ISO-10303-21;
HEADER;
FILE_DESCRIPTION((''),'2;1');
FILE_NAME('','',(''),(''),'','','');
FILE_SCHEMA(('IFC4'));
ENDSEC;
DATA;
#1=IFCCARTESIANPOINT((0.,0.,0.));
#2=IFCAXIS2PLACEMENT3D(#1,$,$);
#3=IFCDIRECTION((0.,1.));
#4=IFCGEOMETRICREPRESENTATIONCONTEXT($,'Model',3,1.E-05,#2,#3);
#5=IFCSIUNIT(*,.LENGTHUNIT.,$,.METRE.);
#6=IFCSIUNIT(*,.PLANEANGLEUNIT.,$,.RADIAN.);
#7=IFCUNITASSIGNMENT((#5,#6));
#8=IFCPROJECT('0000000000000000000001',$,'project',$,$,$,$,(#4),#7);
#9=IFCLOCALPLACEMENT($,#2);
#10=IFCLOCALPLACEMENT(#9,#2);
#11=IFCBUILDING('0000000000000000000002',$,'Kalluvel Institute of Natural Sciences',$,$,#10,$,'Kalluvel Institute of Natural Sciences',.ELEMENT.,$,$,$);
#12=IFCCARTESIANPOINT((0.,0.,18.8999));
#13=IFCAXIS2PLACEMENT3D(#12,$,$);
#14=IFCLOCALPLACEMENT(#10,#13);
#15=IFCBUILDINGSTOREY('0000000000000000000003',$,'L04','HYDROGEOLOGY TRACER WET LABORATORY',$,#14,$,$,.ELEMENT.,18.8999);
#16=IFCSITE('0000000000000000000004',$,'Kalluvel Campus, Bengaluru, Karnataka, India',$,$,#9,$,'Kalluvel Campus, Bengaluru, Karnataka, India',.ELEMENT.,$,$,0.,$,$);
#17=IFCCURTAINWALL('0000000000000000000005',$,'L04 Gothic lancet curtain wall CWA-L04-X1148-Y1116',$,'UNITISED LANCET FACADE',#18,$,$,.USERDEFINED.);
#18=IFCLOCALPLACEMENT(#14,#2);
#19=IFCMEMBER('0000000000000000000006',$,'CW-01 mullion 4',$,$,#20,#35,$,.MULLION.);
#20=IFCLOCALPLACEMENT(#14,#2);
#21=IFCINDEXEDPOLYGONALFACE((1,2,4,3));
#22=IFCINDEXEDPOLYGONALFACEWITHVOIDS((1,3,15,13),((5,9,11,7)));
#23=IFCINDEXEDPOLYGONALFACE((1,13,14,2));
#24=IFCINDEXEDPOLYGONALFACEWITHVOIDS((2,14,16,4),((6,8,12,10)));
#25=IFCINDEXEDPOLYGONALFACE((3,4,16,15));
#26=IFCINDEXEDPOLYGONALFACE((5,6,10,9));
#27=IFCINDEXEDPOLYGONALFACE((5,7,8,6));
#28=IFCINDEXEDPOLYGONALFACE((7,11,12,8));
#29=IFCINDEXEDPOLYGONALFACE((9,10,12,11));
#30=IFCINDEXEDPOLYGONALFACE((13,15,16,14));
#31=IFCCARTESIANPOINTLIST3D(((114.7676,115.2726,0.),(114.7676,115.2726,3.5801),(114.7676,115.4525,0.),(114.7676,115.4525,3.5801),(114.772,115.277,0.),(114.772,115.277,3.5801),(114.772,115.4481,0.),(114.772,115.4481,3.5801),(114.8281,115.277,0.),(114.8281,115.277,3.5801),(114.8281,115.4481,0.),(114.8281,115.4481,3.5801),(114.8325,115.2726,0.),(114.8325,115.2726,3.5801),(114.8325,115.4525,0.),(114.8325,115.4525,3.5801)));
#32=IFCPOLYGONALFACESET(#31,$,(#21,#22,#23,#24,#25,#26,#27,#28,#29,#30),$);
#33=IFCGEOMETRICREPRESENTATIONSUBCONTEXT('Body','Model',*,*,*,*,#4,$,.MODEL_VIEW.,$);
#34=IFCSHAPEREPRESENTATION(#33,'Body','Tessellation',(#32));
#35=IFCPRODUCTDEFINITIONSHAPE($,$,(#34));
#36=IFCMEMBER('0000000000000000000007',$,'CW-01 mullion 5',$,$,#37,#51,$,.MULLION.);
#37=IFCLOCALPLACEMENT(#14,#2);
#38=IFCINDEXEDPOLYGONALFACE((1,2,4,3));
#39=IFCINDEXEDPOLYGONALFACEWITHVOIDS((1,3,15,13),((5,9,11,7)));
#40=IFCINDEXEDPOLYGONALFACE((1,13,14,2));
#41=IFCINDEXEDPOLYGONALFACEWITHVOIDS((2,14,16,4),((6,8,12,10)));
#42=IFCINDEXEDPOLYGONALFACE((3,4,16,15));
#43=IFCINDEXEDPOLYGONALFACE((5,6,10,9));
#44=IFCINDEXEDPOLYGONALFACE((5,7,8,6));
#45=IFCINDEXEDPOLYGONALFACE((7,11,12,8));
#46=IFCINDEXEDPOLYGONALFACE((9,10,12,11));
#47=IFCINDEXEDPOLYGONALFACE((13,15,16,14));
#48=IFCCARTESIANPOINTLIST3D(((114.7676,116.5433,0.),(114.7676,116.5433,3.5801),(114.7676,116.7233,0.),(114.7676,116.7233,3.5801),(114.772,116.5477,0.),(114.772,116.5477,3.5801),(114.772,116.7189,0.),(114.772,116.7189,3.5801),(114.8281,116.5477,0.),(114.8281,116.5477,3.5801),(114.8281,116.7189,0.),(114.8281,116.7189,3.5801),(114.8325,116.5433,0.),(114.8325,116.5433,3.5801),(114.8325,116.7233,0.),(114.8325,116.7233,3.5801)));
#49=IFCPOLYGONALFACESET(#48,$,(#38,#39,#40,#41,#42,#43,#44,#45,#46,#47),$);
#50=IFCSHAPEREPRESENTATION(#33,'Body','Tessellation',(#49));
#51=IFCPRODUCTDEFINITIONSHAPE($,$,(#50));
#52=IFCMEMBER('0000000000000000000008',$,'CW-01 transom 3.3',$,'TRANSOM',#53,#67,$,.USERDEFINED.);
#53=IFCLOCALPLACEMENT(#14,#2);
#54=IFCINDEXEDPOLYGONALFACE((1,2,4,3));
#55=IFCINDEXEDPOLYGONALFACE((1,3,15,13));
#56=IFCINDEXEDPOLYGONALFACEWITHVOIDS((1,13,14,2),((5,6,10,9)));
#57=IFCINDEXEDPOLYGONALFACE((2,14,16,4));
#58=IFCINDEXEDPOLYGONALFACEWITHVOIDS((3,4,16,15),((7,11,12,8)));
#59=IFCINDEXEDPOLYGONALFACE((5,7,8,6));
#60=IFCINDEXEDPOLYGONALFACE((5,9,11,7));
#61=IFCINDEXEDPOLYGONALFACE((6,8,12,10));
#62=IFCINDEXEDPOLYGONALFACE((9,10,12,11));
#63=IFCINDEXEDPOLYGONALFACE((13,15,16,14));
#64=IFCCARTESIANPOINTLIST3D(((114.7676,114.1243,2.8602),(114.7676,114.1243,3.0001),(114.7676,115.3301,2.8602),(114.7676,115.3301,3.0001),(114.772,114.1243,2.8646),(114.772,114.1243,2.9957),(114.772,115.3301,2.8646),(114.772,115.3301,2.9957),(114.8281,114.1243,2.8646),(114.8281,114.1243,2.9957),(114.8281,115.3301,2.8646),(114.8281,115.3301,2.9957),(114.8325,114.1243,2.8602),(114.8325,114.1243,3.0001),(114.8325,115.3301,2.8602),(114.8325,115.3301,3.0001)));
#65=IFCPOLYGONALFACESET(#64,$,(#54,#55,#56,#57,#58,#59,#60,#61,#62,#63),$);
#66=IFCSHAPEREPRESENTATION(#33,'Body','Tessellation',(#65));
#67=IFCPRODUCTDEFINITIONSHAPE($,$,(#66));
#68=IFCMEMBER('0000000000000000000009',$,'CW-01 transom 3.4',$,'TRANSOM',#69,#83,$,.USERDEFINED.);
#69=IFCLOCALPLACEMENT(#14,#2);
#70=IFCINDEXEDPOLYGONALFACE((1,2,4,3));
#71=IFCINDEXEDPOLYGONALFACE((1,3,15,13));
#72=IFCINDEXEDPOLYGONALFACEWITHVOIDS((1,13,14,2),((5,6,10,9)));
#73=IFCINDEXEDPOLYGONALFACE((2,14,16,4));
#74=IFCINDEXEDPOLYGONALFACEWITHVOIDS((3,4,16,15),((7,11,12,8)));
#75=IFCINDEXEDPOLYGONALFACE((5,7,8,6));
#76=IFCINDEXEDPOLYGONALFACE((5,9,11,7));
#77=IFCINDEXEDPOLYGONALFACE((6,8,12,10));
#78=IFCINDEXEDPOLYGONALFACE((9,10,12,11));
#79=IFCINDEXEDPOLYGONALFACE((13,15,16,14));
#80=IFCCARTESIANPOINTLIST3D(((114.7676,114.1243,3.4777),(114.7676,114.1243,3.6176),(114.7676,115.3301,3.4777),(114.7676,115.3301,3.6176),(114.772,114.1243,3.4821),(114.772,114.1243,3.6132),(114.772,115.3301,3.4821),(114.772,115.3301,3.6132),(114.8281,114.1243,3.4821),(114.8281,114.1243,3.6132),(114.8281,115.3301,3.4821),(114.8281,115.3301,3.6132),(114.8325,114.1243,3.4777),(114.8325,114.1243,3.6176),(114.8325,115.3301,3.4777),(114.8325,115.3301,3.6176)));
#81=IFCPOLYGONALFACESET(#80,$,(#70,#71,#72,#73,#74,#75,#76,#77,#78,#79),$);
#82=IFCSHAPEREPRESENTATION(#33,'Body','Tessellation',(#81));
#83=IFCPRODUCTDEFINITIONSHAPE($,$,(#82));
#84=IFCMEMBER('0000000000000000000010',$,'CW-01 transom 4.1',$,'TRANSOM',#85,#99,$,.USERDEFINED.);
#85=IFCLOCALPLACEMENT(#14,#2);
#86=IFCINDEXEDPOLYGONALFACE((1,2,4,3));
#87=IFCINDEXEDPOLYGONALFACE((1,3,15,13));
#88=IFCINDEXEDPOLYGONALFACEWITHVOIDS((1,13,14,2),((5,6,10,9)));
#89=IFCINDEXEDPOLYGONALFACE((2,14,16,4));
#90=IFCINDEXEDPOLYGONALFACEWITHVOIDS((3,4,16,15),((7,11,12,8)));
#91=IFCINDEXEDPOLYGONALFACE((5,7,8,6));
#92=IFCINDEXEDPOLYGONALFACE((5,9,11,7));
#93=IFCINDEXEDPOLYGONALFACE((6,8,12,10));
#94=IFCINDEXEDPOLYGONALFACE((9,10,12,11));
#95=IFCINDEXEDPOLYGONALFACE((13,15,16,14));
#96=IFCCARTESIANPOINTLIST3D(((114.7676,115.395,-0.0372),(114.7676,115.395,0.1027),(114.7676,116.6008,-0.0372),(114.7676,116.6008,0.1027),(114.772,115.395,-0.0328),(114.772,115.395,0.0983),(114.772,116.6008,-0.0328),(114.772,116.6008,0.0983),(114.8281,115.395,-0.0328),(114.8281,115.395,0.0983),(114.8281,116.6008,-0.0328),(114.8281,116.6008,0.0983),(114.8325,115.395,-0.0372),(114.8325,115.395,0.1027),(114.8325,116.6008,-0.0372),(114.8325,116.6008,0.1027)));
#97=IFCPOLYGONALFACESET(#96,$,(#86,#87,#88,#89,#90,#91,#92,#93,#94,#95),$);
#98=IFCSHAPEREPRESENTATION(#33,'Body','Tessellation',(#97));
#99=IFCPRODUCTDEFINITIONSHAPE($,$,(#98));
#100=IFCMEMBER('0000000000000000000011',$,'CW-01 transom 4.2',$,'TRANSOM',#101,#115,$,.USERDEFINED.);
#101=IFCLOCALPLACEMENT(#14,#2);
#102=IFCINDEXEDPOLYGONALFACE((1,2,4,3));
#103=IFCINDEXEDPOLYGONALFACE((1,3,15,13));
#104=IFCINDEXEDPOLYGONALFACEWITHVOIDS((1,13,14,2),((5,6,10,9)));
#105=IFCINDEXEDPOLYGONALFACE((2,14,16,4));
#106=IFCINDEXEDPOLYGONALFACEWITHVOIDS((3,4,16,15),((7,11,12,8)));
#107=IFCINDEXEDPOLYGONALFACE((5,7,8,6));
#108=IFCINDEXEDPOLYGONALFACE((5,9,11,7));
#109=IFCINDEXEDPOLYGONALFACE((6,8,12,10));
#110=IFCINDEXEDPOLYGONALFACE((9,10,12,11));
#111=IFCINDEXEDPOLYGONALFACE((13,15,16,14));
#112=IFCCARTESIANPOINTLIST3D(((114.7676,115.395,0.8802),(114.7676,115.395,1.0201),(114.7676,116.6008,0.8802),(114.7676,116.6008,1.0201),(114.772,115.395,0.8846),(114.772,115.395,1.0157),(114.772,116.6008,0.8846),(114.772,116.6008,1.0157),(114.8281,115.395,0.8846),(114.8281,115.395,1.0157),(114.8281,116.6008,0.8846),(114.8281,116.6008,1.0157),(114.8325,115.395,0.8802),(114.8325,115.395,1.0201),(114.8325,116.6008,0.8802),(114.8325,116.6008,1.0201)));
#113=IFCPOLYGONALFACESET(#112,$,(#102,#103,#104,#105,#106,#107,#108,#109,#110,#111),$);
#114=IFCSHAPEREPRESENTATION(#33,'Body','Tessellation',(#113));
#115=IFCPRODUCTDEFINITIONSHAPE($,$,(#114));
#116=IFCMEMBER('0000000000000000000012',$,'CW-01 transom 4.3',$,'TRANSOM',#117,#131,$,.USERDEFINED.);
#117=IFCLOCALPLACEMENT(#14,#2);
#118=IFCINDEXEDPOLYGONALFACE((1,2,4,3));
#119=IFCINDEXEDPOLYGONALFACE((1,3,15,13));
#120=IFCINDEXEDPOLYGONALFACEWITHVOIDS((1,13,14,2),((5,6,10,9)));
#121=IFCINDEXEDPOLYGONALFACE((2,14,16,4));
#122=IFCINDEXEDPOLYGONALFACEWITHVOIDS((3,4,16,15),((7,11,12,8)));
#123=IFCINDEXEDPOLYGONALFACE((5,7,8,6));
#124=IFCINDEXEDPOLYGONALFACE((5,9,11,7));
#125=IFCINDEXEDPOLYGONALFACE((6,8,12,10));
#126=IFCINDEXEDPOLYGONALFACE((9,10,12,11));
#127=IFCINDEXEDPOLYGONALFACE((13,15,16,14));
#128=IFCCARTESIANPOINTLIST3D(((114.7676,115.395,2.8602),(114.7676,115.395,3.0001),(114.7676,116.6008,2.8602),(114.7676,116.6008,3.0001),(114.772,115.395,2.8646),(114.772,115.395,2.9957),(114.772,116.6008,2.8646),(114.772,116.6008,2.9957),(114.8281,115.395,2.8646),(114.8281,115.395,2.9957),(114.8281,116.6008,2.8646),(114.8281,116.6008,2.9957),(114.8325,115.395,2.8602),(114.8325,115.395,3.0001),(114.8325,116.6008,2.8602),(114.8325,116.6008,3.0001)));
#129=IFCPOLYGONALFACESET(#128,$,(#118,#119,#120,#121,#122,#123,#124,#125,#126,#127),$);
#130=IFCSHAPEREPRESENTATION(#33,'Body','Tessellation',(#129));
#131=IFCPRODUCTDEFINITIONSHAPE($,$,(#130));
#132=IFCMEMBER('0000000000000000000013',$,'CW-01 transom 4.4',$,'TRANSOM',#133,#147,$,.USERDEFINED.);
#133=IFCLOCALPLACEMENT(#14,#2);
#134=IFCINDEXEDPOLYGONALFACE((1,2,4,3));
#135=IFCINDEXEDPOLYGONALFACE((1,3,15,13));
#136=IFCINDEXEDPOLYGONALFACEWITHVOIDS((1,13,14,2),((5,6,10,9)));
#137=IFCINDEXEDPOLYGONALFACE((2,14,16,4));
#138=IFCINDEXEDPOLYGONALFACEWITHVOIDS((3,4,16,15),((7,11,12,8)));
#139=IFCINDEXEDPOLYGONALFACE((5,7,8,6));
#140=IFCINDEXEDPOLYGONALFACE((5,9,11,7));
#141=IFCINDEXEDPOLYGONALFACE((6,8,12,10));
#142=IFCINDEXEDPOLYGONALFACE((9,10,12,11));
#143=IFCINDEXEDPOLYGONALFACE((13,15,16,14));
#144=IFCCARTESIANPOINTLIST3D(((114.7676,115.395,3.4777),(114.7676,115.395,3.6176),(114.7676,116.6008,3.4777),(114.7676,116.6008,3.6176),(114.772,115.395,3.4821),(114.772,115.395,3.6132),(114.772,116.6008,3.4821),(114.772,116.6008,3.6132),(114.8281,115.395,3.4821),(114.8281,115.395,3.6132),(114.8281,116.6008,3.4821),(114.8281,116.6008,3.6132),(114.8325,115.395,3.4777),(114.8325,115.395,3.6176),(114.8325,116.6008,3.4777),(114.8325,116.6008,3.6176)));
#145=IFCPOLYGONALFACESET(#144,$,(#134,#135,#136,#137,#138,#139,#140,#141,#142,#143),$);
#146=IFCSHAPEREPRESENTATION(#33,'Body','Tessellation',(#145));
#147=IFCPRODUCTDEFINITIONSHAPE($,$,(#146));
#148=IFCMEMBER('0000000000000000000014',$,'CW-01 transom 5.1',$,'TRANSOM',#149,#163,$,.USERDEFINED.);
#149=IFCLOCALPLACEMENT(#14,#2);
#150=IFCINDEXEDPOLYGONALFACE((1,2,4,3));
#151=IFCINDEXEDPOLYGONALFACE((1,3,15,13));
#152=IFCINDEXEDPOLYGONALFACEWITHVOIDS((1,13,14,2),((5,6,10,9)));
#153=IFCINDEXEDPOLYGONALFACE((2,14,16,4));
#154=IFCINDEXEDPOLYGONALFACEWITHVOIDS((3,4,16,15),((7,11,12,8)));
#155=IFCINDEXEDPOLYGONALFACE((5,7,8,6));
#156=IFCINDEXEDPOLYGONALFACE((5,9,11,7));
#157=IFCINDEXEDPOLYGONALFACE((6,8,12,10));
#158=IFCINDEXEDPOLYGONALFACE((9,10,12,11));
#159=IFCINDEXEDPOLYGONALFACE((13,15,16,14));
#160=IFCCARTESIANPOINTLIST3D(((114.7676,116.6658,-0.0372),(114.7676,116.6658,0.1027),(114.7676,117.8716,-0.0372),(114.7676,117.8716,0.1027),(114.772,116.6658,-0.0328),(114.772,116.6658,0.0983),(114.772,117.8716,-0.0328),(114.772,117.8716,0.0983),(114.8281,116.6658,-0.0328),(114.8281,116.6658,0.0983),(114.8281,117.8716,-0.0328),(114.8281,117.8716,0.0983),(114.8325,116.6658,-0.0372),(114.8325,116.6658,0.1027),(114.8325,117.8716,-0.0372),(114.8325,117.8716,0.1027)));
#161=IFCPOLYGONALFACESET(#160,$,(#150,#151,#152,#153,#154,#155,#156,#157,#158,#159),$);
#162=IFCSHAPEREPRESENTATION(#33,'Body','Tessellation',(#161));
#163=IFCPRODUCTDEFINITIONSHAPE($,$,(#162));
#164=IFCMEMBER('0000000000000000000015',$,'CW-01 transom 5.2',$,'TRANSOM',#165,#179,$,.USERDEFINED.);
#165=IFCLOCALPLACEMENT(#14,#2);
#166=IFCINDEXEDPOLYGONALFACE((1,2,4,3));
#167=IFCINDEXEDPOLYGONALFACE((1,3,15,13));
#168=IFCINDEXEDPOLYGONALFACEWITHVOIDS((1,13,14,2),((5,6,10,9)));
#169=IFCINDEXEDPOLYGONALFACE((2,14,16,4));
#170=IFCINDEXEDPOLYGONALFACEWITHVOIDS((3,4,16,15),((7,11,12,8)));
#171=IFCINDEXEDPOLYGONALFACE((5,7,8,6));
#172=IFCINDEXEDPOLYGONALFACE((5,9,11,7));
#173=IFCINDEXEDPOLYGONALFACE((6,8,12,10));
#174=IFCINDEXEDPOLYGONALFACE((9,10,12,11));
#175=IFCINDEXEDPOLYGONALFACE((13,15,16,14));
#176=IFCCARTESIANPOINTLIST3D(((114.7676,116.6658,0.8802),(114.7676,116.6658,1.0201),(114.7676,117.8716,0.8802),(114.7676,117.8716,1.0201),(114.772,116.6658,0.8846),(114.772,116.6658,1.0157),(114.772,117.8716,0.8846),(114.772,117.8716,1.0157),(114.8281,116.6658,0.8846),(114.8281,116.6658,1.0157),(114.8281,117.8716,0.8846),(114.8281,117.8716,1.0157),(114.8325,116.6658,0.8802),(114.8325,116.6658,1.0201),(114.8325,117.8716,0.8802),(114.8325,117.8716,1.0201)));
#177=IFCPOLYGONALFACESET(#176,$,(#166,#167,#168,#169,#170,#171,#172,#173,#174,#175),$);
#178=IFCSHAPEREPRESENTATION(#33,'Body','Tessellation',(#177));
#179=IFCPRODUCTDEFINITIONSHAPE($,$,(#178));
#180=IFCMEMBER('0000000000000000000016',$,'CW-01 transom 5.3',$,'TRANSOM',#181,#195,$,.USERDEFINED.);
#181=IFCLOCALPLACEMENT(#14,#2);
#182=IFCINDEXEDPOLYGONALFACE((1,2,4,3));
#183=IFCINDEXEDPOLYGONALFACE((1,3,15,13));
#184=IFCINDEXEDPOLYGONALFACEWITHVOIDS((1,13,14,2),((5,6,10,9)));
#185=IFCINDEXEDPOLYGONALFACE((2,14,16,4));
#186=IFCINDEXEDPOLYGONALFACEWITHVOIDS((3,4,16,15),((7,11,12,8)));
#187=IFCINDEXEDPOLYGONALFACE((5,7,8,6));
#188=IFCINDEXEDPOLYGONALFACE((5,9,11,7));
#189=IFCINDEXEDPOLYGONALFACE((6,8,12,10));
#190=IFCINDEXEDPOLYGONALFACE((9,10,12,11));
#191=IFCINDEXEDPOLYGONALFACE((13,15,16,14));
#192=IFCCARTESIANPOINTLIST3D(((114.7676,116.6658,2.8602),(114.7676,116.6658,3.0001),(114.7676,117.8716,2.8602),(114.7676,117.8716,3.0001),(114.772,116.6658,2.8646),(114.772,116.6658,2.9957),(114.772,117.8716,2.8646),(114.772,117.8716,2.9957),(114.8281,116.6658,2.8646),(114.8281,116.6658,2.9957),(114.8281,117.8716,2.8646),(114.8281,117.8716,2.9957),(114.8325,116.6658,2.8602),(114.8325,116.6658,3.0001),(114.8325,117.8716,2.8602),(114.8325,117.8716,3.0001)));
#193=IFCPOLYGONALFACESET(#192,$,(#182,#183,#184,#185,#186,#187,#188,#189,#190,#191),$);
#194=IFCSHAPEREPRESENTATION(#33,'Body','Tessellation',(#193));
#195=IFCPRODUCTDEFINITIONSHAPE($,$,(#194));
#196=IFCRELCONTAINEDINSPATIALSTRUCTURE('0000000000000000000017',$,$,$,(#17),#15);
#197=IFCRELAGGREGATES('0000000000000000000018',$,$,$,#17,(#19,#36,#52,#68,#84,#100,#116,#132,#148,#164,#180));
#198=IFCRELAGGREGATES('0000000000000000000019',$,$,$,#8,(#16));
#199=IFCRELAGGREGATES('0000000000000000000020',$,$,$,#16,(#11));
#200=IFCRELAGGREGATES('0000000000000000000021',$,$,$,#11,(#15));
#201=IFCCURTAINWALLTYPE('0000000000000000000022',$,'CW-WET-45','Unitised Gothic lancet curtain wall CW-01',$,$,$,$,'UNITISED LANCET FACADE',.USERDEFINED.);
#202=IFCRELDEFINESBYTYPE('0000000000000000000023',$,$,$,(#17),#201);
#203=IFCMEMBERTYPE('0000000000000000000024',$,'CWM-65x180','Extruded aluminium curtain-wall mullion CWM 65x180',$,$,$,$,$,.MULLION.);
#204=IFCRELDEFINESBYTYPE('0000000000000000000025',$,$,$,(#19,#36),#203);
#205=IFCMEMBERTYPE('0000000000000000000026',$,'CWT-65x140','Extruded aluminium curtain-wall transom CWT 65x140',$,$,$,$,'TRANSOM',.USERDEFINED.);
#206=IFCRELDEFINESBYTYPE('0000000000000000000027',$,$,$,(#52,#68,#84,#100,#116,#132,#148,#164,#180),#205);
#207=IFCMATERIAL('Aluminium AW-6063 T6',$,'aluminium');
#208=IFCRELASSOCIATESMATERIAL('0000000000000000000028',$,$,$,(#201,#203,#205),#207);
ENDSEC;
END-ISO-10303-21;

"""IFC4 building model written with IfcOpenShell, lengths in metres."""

from ifc_helpers import new_model, si_unit, direction, frame, origin, origin_2d, place, context, subcontext, project, spatial, hollow_rectangle, extrude, material, material_profile, profile_set, type_object, element, aggregate, save


model = new_model("IFC4")

# Units and contexts
model_context = context("Model", 3, precision=1e-05, world=origin(), true_north=direction((0.0, 1.0)))
body_context = subcontext(model_context, "Body", "Model", "MODEL_VIEW")
ifc_project = project(units=[si_unit("LENGTHUNIT", "METRE"), si_unit("PLANEANGLEUNIT", "RADIAN")], contexts=[model_context])

# Site, building, storey
site_placement = place(None, origin())
site = spatial("IfcSite", under=ifc_project, at=site_placement, Name="Kalluvel Campus, Bengaluru, Karnataka, India", LongName="Kalluvel Campus, Bengaluru, Karnataka, India", CompositionType="ELEMENT", RefElevation=0.0)
building_placement = place(site_placement, origin())
building = spatial("IfcBuilding", under=site, at=building_placement, Name="Kalluvel Institute of Natural Sciences", LongName="Kalluvel Institute of Natural Sciences", CompositionType="ELEMENT")
storey_placement = place(building_placement, frame((0.0, 0.0, 18.8999)))
storey = spatial("IfcBuildingStorey", under=building, at=storey_placement, Name="L04", Description="HYDROGEOLOGY TRACER WET LABORATORY", CompositionType="ELEMENT", Elevation=18.8999)

# Curtain wall, members
ifc_material_1 = material(Name="Aluminium AW-6063 T6", Category="aluminium")
curtain_wall_type = type_object("IfcCurtainWallType", Name="CW-WET-45", Description="Unitised Gothic lancet curtain wall CW-01", ElementType="UNITISED LANCET FACADE", PredefinedType="USERDEFINED", material=ifc_material_1)
curtain_wall_placement = place(storey_placement, origin())
curtain_wall = element("IfcCurtainWall", 1, at=curtain_wall_placement, inside=storey, type_object=curtain_wall_type, Name="L04 Gothic lancet curtain wall CWA-L04-X1148-Y1116", ObjectType="UNITISED LANCET FACADE", PredefinedType="USERDEFINED")
ifc_material_profile_1 = material_profile(ifc_material_1, hollow_rectangle(XDim=0.0649, YDim=0.1799, WallThickness=0.0044, at=origin_2d()), Name="CWM 65x180")
ifc_profile_set_1 = profile_set([ifc_material_profile_1], Name="Aluminium AW-6063 T6")
member_type_1 = type_object("IfcMemberType", Name="CWM-65x180", Description="Extruded aluminium curtain-wall mullion CWM 65x180", PredefinedType="MULLION", material=ifc_profile_set_1)
member_1_placement = place(storey_placement, frame((114.8, 115.3625, 0.0), z_axis=(0.0, 0.0, 1.0), x_axis=(-1.0, 0.0, 0.0)))
member_1 = element("IfcMember", 2, at=member_1_placement, type_object=member_type_1, Name="CW-01 mullion 4", PredefinedType="MULLION", context=body_context, shape_type="SweptSolid", body=[
    extrude(hollow_rectangle(XDim=0.0649, YDim=0.1799, WallThickness=0.0044, at=origin_2d()), origin(), (0.0, 0.0, 1.0), 3.5801),
])
member_2_placement = place(storey_placement, frame((114.8, 116.6333, 0.0), z_axis=(0.0, 0.0, 1.0), x_axis=(-1.0, 0.0, 0.0)))
member_2 = element("IfcMember", 3, at=member_2_placement, type_object=member_type_1, Name="CW-01 mullion 5", PredefinedType="MULLION", context=body_context, shape_type="SweptSolid", body=[
    extrude(hollow_rectangle(XDim=0.0649, YDim=0.1799, WallThickness=0.0044, at=origin_2d()), origin(), (0.0, 0.0, 1.0), 3.5801),
])
ifc_material_profile_2 = material_profile(ifc_material_1, hollow_rectangle(XDim=0.0649, YDim=0.1399, WallThickness=0.0044, at=origin_2d()), Name="CWT 65x140")
ifc_profile_set_2 = profile_set([ifc_material_profile_2], Name="Aluminium AW-6063 T6")
member_type_2 = type_object("IfcMemberType", Name="CWT-65x140", Description="Extruded aluminium curtain-wall transom CWT 65x140", ElementType="TRANSOM", PredefinedType="USERDEFINED", material=ifc_profile_set_2)
member_3_placement = place(storey_placement, frame((114.8, 114.1243, 2.9302), z_axis=(0.0, 1.0, 0.0), x_axis=(-1.0, 0.0, 0.0)))
member_3 = element("IfcMember", 4, at=member_3_placement, type_object=member_type_2, Name="CW-01 transom 3.3", ObjectType="TRANSOM", PredefinedType="USERDEFINED", context=body_context, shape_type="SweptSolid", body=[
    extrude(hollow_rectangle(XDim=0.0649, YDim=0.1399, WallThickness=0.0044, at=origin_2d()), origin(), (0.0, 0.0, 1.0), 1.2058),
])
member_4_placement = place(storey_placement, frame((114.8, 114.1243, 3.5476), z_axis=(0.0, 1.0, 0.0), x_axis=(-1.0, 0.0, 0.0)))
member_4 = element("IfcMember", 5, at=member_4_placement, type_object=member_type_2, Name="CW-01 transom 3.4", ObjectType="TRANSOM", PredefinedType="USERDEFINED", context=body_context, shape_type="SweptSolid", body=[
    extrude(hollow_rectangle(XDim=0.0649, YDim=0.1399, WallThickness=0.0044, at=origin_2d()), origin(), (0.0, 0.0, 1.0), 1.2058),
])
member_5_placement = place(storey_placement, frame((114.8, 115.395, 0.0327), z_axis=(0.0, 1.0, 0.0), x_axis=(-1.0, 0.0, 0.0)))
member_5 = element("IfcMember", 6, at=member_5_placement, type_object=member_type_2, Name="CW-01 transom 4.1", ObjectType="TRANSOM", PredefinedType="USERDEFINED", context=body_context, shape_type="SweptSolid", body=[
    extrude(hollow_rectangle(XDim=0.0649, YDim=0.1399, WallThickness=0.0044, at=origin_2d()), origin(), (0.0, 0.0, 1.0), 1.2058),
])
member_6_placement = place(storey_placement, frame((114.8, 115.395, 0.9502), z_axis=(0.0, 1.0, 0.0), x_axis=(-1.0, 0.0, 0.0)))
member_6 = element("IfcMember", 7, at=member_6_placement, type_object=member_type_2, Name="CW-01 transom 4.2", ObjectType="TRANSOM", PredefinedType="USERDEFINED", context=body_context, shape_type="SweptSolid", body=[
    extrude(hollow_rectangle(XDim=0.0649, YDim=0.1399, WallThickness=0.0044, at=origin_2d()), origin(), (0.0, 0.0, 1.0), 1.2058),
])
member_7_placement = place(storey_placement, frame((114.8, 115.395, 2.9302), z_axis=(0.0, 1.0, 0.0), x_axis=(-1.0, 0.0, 0.0)))
member_7 = element("IfcMember", 8, at=member_7_placement, type_object=member_type_2, Name="CW-01 transom 4.3", ObjectType="TRANSOM", PredefinedType="USERDEFINED", context=body_context, shape_type="SweptSolid", body=[
    extrude(hollow_rectangle(XDim=0.0649, YDim=0.1399, WallThickness=0.0044, at=origin_2d()), origin(), (0.0, 0.0, 1.0), 1.2058),
])
member_8_placement = place(storey_placement, frame((114.8, 115.395, 3.5476), z_axis=(0.0, 1.0, 0.0), x_axis=(-1.0, 0.0, 0.0)))
member_8 = element("IfcMember", 9, at=member_8_placement, type_object=member_type_2, Name="CW-01 transom 4.4", ObjectType="TRANSOM", PredefinedType="USERDEFINED", context=body_context, shape_type="SweptSolid", body=[
    extrude(hollow_rectangle(XDim=0.0649, YDim=0.1399, WallThickness=0.0044, at=origin_2d()), origin(), (0.0, 0.0, 1.0), 1.2058),
])
member_9_placement = place(storey_placement, frame((114.8, 116.6658, 0.0327), z_axis=(0.0, 1.0, 0.0), x_axis=(-1.0, 0.0, 0.0)))
member_9 = element("IfcMember", 10, at=member_9_placement, type_object=member_type_2, Name="CW-01 transom 5.1", ObjectType="TRANSOM", PredefinedType="USERDEFINED", context=body_context, shape_type="SweptSolid", body=[
    extrude(hollow_rectangle(XDim=0.0649, YDim=0.1399, WallThickness=0.0044, at=origin_2d()), origin(), (0.0, 0.0, 1.0), 1.2058),
])
member_10_placement = place(storey_placement, frame((114.8, 116.6658, 0.9502), z_axis=(0.0, 1.0, 0.0), x_axis=(-1.0, 0.0, 0.0)))
member_10 = element("IfcMember", 11, at=member_10_placement, type_object=member_type_2, Name="CW-01 transom 5.2", ObjectType="TRANSOM", PredefinedType="USERDEFINED", context=body_context, shape_type="SweptSolid", body=[
    extrude(hollow_rectangle(XDim=0.0649, YDim=0.1399, WallThickness=0.0044, at=origin_2d()), origin(), (0.0, 0.0, 1.0), 1.2058),
])
member_11_placement = place(storey_placement, frame((114.8, 116.6658, 2.9302), z_axis=(0.0, 1.0, 0.0), x_axis=(-1.0, 0.0, 0.0)))
member_11 = element("IfcMember", 12, at=member_11_placement, type_object=member_type_2, Name="CW-01 transom 5.3", ObjectType="TRANSOM", PredefinedType="USERDEFINED", context=body_context, shape_type="SweptSolid", body=[
    extrude(hollow_rectangle(XDim=0.0649, YDim=0.1399, WallThickness=0.0044, at=origin_2d()), origin(), (0.0, 0.0, 1.0), 1.2058),
])
aggregate(curtain_wall, [member_1, member_2, member_3, member_4, member_5, member_6, member_7, member_8, member_9, member_10, member_11])

save(model, "model.ifc")
